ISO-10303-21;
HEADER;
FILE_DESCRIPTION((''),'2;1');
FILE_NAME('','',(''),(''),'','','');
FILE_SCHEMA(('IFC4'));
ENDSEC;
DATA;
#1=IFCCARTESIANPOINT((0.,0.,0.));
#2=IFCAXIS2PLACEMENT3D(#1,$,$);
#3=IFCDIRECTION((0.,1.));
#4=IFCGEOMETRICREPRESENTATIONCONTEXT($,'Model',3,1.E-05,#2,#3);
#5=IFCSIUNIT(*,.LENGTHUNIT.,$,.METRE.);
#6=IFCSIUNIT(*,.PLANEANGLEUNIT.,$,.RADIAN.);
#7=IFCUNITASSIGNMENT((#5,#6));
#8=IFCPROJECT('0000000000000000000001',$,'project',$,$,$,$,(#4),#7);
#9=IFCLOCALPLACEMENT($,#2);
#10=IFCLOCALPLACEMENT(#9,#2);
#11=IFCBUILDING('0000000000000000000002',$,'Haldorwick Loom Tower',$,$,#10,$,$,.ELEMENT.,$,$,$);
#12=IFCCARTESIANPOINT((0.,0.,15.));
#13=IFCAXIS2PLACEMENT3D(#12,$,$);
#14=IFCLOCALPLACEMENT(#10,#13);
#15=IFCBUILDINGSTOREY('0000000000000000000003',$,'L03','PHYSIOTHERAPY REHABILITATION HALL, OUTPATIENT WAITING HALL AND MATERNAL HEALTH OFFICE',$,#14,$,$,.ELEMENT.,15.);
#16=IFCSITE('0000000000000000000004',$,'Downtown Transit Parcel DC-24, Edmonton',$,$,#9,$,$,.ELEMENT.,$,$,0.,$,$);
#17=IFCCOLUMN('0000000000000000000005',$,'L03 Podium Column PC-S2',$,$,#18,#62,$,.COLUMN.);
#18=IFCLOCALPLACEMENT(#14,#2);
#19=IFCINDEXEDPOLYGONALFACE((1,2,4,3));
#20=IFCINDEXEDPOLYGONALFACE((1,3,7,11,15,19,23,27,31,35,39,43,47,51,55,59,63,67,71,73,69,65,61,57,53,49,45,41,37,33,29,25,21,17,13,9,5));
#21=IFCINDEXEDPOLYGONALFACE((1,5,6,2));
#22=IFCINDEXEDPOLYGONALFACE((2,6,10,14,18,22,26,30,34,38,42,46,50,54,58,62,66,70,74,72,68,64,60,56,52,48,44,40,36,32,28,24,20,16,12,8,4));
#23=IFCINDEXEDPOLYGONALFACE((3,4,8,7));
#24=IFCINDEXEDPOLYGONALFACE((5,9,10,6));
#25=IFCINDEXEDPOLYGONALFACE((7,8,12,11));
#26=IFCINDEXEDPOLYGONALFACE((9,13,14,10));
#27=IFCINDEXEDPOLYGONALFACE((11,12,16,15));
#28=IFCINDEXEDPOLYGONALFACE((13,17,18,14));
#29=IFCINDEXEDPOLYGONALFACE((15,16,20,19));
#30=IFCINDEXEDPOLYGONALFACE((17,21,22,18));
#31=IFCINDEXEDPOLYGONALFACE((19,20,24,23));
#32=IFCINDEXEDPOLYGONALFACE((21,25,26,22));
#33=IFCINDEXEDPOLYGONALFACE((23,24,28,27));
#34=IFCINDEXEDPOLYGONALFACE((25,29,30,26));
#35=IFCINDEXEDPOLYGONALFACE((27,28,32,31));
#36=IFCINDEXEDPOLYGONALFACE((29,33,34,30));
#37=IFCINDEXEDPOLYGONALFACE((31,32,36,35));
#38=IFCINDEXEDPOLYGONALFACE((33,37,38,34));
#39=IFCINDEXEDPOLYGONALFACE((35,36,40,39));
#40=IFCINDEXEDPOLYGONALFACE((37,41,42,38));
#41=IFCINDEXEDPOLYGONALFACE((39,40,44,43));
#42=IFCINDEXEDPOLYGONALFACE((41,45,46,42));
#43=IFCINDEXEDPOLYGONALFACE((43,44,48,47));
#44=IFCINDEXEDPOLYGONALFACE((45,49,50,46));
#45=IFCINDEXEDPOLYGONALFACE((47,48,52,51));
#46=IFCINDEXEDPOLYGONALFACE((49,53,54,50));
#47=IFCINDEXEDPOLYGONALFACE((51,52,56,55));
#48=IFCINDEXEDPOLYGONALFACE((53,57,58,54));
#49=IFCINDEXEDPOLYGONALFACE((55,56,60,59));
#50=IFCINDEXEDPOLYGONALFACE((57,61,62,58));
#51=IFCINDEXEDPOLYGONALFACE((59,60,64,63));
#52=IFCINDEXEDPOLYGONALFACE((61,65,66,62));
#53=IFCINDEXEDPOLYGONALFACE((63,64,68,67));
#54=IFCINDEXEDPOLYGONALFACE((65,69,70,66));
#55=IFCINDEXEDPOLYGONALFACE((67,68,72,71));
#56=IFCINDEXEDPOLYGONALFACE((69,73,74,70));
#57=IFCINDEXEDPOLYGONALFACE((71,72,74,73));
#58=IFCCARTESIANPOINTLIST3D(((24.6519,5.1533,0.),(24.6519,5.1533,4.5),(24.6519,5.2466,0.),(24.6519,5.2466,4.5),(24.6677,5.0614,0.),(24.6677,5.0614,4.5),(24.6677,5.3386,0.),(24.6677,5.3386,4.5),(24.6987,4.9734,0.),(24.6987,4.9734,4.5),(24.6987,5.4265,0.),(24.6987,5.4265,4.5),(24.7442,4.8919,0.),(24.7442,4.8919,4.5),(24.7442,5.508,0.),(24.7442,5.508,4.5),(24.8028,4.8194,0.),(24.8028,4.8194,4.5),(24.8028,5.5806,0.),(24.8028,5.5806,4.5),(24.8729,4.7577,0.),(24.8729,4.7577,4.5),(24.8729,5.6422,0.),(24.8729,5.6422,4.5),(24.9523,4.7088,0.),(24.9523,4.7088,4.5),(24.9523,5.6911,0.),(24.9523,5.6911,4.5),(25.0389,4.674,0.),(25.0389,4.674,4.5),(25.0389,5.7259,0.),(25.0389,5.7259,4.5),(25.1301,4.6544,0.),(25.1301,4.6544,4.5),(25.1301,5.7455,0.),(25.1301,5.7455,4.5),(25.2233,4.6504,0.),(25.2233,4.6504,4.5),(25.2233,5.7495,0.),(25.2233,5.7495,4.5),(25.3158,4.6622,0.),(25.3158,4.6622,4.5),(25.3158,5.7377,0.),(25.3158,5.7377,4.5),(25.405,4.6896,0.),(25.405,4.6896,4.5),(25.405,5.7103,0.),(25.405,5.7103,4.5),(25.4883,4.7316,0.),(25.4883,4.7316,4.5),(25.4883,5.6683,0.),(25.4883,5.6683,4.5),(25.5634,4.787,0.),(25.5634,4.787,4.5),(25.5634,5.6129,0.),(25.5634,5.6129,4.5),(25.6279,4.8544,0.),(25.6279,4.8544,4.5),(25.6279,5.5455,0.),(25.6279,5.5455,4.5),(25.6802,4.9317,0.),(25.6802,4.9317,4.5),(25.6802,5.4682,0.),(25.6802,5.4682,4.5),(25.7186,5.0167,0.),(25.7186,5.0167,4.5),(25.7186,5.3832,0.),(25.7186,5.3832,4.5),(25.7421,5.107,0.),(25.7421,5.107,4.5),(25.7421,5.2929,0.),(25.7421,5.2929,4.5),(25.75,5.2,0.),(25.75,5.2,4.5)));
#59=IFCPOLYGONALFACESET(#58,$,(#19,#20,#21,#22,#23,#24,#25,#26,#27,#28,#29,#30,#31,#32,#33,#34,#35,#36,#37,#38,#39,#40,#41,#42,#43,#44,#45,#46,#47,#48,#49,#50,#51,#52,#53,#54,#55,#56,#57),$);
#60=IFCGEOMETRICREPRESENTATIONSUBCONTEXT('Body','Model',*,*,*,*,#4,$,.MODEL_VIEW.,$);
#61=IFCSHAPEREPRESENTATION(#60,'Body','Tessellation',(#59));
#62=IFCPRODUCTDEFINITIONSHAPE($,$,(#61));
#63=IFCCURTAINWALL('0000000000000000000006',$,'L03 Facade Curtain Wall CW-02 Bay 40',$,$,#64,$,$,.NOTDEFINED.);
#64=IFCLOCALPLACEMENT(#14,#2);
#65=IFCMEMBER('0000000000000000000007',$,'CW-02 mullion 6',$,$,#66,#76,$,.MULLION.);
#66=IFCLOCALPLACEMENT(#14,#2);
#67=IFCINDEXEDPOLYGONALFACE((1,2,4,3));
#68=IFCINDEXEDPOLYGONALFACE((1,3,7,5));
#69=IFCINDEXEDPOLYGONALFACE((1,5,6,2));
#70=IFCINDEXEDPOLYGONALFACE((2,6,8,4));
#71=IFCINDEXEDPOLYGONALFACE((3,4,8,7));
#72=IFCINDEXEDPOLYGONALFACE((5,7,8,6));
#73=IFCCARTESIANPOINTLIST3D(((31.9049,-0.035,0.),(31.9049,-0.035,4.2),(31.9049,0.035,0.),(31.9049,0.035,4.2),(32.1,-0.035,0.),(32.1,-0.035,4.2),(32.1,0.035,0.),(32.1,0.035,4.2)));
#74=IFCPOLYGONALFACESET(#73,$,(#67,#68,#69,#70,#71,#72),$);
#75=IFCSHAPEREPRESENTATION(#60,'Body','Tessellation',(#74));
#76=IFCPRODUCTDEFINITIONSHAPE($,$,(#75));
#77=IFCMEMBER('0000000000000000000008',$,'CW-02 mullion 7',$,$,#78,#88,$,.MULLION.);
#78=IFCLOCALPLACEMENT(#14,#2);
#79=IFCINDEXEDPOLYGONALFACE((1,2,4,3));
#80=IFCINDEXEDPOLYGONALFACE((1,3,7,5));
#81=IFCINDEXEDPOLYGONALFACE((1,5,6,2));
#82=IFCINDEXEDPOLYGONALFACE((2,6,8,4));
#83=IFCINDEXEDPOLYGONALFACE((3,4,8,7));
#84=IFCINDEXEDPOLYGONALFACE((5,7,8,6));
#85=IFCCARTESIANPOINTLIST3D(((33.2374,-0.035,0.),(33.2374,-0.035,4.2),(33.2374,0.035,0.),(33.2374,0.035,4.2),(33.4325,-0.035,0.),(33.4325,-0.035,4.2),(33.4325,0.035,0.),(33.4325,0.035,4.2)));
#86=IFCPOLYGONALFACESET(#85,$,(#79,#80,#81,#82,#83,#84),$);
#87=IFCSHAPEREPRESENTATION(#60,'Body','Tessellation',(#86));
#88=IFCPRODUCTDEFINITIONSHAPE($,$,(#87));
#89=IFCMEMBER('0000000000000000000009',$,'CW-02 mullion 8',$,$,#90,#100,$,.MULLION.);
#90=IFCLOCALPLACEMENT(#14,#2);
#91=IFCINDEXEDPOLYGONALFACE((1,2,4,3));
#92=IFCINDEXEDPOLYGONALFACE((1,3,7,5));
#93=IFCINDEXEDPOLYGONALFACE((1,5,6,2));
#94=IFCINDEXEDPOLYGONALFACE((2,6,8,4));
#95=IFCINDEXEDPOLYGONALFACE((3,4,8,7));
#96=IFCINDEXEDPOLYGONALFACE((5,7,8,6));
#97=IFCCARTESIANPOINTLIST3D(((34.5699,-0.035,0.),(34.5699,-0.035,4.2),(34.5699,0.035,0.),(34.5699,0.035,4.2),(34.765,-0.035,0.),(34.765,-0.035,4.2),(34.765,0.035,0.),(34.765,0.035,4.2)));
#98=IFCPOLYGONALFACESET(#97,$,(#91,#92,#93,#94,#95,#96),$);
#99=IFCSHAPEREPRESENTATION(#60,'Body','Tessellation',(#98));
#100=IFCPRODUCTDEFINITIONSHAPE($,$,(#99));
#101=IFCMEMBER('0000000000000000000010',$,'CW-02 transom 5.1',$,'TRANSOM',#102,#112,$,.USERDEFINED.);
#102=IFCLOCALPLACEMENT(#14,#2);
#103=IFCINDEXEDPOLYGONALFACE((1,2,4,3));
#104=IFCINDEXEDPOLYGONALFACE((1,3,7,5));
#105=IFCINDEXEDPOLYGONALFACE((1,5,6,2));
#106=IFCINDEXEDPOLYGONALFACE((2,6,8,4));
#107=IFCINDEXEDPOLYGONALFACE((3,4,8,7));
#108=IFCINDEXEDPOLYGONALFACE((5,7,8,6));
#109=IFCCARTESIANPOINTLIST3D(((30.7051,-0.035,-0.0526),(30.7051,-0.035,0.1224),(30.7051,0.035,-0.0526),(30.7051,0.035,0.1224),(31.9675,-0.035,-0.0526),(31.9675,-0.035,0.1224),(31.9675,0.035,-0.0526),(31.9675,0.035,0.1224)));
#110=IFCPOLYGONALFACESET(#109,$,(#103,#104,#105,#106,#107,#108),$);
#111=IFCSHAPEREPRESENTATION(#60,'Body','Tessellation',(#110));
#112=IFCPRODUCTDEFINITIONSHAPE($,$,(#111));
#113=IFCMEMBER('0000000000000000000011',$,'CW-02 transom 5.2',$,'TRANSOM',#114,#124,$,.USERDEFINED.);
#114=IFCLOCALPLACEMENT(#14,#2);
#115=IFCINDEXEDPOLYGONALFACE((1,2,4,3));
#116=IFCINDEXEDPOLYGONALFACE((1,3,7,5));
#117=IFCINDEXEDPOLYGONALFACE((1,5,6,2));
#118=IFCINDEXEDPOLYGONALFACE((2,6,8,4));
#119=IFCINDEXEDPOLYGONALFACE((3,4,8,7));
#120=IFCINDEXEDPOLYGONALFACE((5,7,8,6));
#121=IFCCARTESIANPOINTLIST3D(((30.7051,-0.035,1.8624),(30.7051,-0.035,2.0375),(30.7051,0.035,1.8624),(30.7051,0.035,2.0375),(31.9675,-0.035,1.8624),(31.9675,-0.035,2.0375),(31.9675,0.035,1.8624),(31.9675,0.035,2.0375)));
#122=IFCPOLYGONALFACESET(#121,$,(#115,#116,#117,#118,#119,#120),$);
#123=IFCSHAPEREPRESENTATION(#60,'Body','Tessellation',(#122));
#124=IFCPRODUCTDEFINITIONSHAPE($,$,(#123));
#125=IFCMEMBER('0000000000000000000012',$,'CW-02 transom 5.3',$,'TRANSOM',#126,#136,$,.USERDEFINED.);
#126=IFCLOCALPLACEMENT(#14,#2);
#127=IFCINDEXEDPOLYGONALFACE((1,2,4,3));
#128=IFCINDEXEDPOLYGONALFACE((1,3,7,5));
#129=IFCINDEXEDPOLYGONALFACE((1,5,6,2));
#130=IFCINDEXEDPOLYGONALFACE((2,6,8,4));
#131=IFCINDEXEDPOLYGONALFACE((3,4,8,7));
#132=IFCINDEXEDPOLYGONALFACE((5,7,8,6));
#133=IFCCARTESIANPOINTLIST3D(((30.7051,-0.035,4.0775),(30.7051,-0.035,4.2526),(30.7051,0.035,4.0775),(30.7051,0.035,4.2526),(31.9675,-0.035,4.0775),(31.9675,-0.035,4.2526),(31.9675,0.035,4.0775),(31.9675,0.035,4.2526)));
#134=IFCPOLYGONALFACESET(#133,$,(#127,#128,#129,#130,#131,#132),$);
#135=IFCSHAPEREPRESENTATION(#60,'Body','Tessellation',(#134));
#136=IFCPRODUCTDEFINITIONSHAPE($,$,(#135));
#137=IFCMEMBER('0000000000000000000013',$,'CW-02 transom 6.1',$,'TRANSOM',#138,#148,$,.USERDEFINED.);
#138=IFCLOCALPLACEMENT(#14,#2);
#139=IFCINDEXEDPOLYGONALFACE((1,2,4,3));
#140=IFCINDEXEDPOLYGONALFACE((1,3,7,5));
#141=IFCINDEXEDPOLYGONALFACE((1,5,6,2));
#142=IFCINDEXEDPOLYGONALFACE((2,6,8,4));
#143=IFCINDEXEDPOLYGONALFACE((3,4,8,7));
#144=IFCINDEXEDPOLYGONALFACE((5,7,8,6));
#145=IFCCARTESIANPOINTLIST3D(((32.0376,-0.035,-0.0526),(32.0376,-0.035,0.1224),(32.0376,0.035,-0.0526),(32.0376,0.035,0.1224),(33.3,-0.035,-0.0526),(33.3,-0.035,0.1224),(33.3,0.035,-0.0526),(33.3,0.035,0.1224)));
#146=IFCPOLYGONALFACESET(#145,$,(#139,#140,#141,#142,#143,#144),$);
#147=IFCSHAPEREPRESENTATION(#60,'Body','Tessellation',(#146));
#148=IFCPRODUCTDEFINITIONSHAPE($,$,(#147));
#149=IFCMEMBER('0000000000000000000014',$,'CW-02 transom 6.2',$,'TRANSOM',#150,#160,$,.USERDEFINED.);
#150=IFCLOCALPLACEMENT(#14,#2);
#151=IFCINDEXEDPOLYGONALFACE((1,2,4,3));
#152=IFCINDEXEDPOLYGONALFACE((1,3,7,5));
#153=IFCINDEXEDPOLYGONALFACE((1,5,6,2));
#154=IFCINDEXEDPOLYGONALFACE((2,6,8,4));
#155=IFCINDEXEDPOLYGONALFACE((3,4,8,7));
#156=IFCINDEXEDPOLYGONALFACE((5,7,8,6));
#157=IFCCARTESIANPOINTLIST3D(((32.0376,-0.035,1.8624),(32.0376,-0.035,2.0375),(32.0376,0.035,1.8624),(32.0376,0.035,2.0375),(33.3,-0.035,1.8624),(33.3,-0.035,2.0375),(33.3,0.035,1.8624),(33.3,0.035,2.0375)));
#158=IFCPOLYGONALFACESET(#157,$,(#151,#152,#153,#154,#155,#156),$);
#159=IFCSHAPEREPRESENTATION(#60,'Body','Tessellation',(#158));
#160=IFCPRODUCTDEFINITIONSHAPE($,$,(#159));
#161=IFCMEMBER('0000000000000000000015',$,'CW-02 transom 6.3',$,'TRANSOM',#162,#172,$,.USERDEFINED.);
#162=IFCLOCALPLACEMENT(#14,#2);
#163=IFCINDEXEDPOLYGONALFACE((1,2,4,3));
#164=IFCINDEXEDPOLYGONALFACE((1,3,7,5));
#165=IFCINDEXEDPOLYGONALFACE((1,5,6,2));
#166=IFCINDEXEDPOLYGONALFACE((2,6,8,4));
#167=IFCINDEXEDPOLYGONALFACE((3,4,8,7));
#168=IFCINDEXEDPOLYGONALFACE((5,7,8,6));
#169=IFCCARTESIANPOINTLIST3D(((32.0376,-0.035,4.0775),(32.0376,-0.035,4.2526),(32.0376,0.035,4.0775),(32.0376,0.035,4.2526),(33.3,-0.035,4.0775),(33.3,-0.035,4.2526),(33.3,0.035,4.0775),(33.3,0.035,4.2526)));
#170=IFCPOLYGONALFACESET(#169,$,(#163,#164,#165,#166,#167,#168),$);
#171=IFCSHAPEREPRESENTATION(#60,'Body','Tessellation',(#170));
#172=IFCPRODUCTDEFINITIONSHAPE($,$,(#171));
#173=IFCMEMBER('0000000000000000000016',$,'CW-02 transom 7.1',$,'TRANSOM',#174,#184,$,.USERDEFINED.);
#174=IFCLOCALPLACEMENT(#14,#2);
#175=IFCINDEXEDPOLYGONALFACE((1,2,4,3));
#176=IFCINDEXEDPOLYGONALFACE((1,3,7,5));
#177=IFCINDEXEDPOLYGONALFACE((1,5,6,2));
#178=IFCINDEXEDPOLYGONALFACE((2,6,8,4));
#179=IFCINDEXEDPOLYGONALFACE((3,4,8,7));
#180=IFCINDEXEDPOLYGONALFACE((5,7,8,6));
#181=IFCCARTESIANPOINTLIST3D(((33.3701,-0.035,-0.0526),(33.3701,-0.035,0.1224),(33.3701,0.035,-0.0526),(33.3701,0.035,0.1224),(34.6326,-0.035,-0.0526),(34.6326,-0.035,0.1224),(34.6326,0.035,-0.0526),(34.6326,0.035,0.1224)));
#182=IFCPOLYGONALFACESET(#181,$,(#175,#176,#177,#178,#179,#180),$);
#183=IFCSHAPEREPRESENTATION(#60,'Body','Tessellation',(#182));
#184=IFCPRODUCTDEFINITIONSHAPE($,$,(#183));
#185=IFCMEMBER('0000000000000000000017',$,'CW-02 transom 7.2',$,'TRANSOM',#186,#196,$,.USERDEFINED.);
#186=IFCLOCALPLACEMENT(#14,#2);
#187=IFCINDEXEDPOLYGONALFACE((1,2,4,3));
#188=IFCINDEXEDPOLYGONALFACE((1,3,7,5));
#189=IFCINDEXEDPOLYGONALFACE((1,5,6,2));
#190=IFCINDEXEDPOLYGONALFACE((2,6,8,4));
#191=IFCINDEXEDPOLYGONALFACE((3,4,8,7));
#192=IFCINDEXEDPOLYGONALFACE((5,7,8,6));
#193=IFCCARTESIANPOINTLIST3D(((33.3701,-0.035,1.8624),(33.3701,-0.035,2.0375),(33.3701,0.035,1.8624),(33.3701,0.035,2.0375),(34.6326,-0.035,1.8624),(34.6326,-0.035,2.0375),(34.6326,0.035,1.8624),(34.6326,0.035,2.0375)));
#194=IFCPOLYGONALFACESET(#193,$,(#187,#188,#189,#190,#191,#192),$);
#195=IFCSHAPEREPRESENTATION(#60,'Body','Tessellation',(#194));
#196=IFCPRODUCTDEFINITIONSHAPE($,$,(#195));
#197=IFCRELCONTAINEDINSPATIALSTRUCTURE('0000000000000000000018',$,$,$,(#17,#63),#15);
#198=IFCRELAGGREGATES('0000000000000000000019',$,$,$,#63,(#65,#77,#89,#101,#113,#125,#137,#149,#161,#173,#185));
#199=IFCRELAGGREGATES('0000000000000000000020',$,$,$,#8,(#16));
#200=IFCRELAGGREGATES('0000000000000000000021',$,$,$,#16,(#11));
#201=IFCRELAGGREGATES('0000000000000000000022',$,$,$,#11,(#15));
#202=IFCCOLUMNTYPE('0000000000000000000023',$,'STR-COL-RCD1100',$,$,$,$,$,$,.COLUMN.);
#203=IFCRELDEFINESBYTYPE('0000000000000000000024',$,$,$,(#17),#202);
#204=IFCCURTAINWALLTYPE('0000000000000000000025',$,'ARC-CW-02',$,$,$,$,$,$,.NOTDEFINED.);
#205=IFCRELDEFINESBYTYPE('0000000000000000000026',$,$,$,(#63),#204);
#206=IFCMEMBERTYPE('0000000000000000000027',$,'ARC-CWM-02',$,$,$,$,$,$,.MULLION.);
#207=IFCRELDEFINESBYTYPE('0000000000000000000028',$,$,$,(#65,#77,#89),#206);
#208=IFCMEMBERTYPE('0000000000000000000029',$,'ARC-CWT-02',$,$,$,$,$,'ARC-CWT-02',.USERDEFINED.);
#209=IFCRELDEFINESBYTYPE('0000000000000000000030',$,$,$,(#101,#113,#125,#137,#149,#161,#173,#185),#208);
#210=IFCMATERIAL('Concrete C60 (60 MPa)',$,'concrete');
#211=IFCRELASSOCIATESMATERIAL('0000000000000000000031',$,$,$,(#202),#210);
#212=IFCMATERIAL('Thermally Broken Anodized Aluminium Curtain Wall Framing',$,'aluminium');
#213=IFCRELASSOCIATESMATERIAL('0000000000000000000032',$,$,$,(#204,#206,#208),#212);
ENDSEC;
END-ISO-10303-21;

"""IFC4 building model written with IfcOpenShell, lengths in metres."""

from ifc_helpers import new_model, si_unit, direction, frame, origin, origin_2d, place, context, subcontext, project, spatial, rectangle, circle, extrude, material, material_profile, profile_set, type_object, element, aggregate, save


model = new_model("IFC4")

# Units and contexts
model_context = context("Model", 3, precision=1e-05, world=origin(), true_north=direction((0.0, 1.0)))
body_context = subcontext(model_context, "Body", "Model", "MODEL_VIEW")
ifc_project = project(units=[si_unit("LENGTHUNIT", "METRE"), si_unit("PLANEANGLEUNIT", "RADIAN")], contexts=[model_context])

# Site, building, storey
site_placement = place(None, origin())
site = spatial("IfcSite", under=ifc_project, at=site_placement, Name="Downtown Transit Parcel DC-24, Edmonton", CompositionType="ELEMENT", RefElevation=0.0)
building_placement = place(site_placement, origin())
building = spatial("IfcBuilding", under=site, at=building_placement, Name="Haldorwick Loom Tower", CompositionType="ELEMENT")
storey_placement = place(building_placement, frame((0.0, 0.0, 15.0)))
storey = spatial("IfcBuildingStorey", under=building, at=storey_placement, Name="L03", Description="PHYSIOTHERAPY REHABILITATION HALL, OUTPATIENT WAITING HALL AND MATERNAL HEALTH OFFICE", CompositionType="ELEMENT", Elevation=15.0)

# Column
ifc_material_1 = material(Name="Concrete C60 (60 MPa)", Category="concrete")
ifc_material_profile_1 = material_profile(ifc_material_1, circle(Radius=0.55, at=origin_2d()), Name="RCD1100", Category="concrete")
ifc_profile_set_1 = profile_set([ifc_material_profile_1], Name="Concrete C60 (60 MPa)")
column_type = type_object("IfcColumnType", Name="STR-COL-RCD1100", PredefinedType="COLUMN", material=ifc_profile_set_1)
column_placement = place(storey_placement, frame((25.2, 5.2, 0.0), z_axis=(0.0, 0.0, 1.0), x_axis=(1.0, 0.0, 0.0)))
element("IfcColumn", 1, at=column_placement, inside=storey, type_object=column_type, Name="L03 Podium Column PC-S2", PredefinedType="COLUMN", context=body_context, shape_type="SweptSolid", body=[
    extrude(circle(Radius=0.55, at=origin_2d()), origin(), (0.0, 0.0, 1.0), 4.5),
])

# Curtain wall, members
ifc_material_2 = material(Name="Thermally Broken Anodized Aluminium Curtain Wall Framing", Category="aluminium")
curtain_wall_type = type_object("IfcCurtainWallType", Name="ARC-CW-02", PredefinedType="NOTDEFINED", material=ifc_material_2)
curtain_wall_placement = place(storey_placement, origin())
curtain_wall = element("IfcCurtainWall", 2, at=curtain_wall_placement, inside=storey, type_object=curtain_wall_type, Name="L03 Facade Curtain Wall CW-02 Bay 40", PredefinedType="NOTDEFINED")
ifc_material_profile_2 = material_profile(ifc_material_2, rectangle(XDim=0.0701, YDim=0.1951, at=origin_2d()), Name="ALU_MUL_70X195", Category="aluminium")
ifc_profile_set_2 = profile_set([ifc_material_profile_2], Name="Thermally Broken Anodized Aluminium Curtain Wall Framing")
member_type_1 = type_object("IfcMemberType", Name="ARC-CWM-02", PredefinedType="MULLION", material=ifc_profile_set_2)
member_1_placement = place(storey_placement, frame((32.0024, 0.0, 0.0), z_axis=(0.0, 0.0, 1.0), x_axis=(0.0, 1.0, 0.0)))
member_1 = element("IfcMember", 3, at=member_1_placement, type_object=member_type_1, Name="CW-02 mullion 6", PredefinedType="MULLION", context=body_context, shape_type="SweptSolid", body=[
    extrude(rectangle(XDim=0.0701, YDim=0.1951, at=origin_2d()), origin(), (0.0, 0.0, 1.0), 4.2),
])
member_2_placement = place(storey_placement, frame((33.335, 0.0, 0.0), z_axis=(0.0, 0.0, 1.0), x_axis=(0.0, 1.0, 0.0)))
member_2 = element("IfcMember", 4, at=member_2_placement, type_object=member_type_1, Name="CW-02 mullion 7", PredefinedType="MULLION", context=body_context, shape_type="SweptSolid", body=[
    extrude(rectangle(XDim=0.0701, YDim=0.1951, at=origin_2d()), origin(), (0.0, 0.0, 1.0), 4.2),
])
member_3_placement = place(storey_placement, frame((34.6675, 0.0, 0.0), z_axis=(0.0, 0.0, 1.0), x_axis=(0.0, 1.0, 0.0)))
member_3 = element("IfcMember", 5, at=member_3_placement, type_object=member_type_1, Name="CW-02 mullion 8", PredefinedType="MULLION", context=body_context, shape_type="SweptSolid", body=[
    extrude(rectangle(XDim=0.0701, YDim=0.1951, at=origin_2d()), origin(), (0.0, 0.0, 1.0), 4.2),
])
ifc_material_profile_3 = material_profile(ifc_material_2, rectangle(XDim=0.0701, YDim=0.175, at=origin_2d()), Name="ALU_TRN_70X175", Category="aluminium")
ifc_profile_set_3 = profile_set([ifc_material_profile_3], Name="Thermally Broken Anodized Aluminium Curtain Wall Framing")
member_type_2 = type_object("IfcMemberType", Name="ARC-CWT-02", ElementType="ARC-CWT-02", PredefinedType="USERDEFINED", material=ifc_profile_set_3)
member_4_placement = place(storey_placement, frame((30.7051, 0.0, 0.0349), z_axis=(1.0, 0.0, 0.0), x_axis=(0.0, 1.0, 0.0)))
member_4 = element("IfcMember", 6, at=member_4_placement, type_object=member_type_2, Name="CW-02 transom 5.1", ObjectType="TRANSOM", PredefinedType="USERDEFINED", context=body_context, shape_type="SweptSolid", body=[
    extrude(rectangle(XDim=0.0701, YDim=0.175, at=origin_2d()), origin(), (0.0, 0.0, 1.0), 1.2625),
])
member_5_placement = place(storey_placement, frame((30.7051, 0.0, 1.95), z_axis=(1.0, 0.0, 0.0), x_axis=(0.0, 1.0, 0.0)))
member_5 = element("IfcMember", 7, at=member_5_placement, type_object=member_type_2, Name="CW-02 transom 5.2", ObjectType="TRANSOM", PredefinedType="USERDEFINED", context=body_context, shape_type="SweptSolid", body=[
    extrude(rectangle(XDim=0.0701, YDim=0.175, at=origin_2d()), origin(), (0.0, 0.0, 1.0), 1.2625),
])
member_6_placement = place(storey_placement, frame((30.7051, 0.0, 4.165), z_axis=(1.0, 0.0, 0.0), x_axis=(0.0, 1.0, 0.0)))
member_6 = element("IfcMember", 8, at=member_6_placement, type_object=member_type_2, Name="CW-02 transom 5.3", ObjectType="TRANSOM", PredefinedType="USERDEFINED", context=body_context, shape_type="SweptSolid", body=[
    extrude(rectangle(XDim=0.0701, YDim=0.175, at=origin_2d()), origin(), (0.0, 0.0, 1.0), 1.2625),
])
member_7_placement = place(storey_placement, frame((32.0376, 0.0, 0.0349), z_axis=(1.0, 0.0, 0.0), x_axis=(0.0, 1.0, 0.0)))
member_7 = element("IfcMember", 9, at=member_7_placement, type_object=member_type_2, Name="CW-02 transom 6.1", ObjectType="TRANSOM", PredefinedType="USERDEFINED", context=body_context, shape_type="SweptSolid", body=[
    extrude(rectangle(XDim=0.0701, YDim=0.175, at=origin_2d()), origin(), (0.0, 0.0, 1.0), 1.2625),
])
member_8_placement = place(storey_placement, frame((32.0376, 0.0, 1.95), z_axis=(1.0, 0.0, 0.0), x_axis=(0.0, 1.0, 0.0)))
member_8 = element("IfcMember", 10, at=member_8_placement, type_object=member_type_2, Name="CW-02 transom 6.2", ObjectType="TRANSOM", PredefinedType="USERDEFINED", context=body_context, shape_type="SweptSolid", body=[
    extrude(rectangle(XDim=0.0701, YDim=0.175, at=origin_2d()), origin(), (0.0, 0.0, 1.0), 1.2625),
])
member_9_placement = place(storey_placement, frame((32.0376, 0.0, 4.165), z_axis=(1.0, 0.0, 0.0), x_axis=(0.0, 1.0, 0.0)))
member_9 = element("IfcMember", 11, at=member_9_placement, type_object=member_type_2, Name="CW-02 transom 6.3", ObjectType="TRANSOM", PredefinedType="USERDEFINED", context=body_context, shape_type="SweptSolid", body=[
    extrude(rectangle(XDim=0.0701, YDim=0.175, at=origin_2d()), origin(), (0.0, 0.0, 1.0), 1.2625),
])
member_10_placement = place(storey_placement, frame((33.3701, 0.0, 0.0349), z_axis=(1.0, 0.0, 0.0), x_axis=(0.0, 1.0, 0.0)))
member_10 = element("IfcMember", 12, at=member_10_placement, type_object=member_type_2, Name="CW-02 transom 7.1", ObjectType="TRANSOM", PredefinedType="USERDEFINED", context=body_context, shape_type="SweptSolid", body=[
    extrude(rectangle(XDim=0.0701, YDim=0.175, at=origin_2d()), origin(), (0.0, 0.0, 1.0), 1.2625),
])
member_11_placement = place(storey_placement, frame((33.3701, 0.0, 1.95), z_axis=(1.0, 0.0, 0.0), x_axis=(0.0, 1.0, 0.0)))
member_11 = element("IfcMember", 13, at=member_11_placement, type_object=member_type_2, Name="CW-02 transom 7.2", ObjectType="TRANSOM", PredefinedType="USERDEFINED", context=body_context, shape_type="SweptSolid", body=[
    extrude(rectangle(XDim=0.0701, YDim=0.175, at=origin_2d()), origin(), (0.0, 0.0, 1.0), 1.2625),
])

aggregate(curtain_wall, [member_1, member_2, member_3, member_4, member_5, member_6, member_7, member_8, member_9, member_10, member_11])

save(model, "model.ifc")
